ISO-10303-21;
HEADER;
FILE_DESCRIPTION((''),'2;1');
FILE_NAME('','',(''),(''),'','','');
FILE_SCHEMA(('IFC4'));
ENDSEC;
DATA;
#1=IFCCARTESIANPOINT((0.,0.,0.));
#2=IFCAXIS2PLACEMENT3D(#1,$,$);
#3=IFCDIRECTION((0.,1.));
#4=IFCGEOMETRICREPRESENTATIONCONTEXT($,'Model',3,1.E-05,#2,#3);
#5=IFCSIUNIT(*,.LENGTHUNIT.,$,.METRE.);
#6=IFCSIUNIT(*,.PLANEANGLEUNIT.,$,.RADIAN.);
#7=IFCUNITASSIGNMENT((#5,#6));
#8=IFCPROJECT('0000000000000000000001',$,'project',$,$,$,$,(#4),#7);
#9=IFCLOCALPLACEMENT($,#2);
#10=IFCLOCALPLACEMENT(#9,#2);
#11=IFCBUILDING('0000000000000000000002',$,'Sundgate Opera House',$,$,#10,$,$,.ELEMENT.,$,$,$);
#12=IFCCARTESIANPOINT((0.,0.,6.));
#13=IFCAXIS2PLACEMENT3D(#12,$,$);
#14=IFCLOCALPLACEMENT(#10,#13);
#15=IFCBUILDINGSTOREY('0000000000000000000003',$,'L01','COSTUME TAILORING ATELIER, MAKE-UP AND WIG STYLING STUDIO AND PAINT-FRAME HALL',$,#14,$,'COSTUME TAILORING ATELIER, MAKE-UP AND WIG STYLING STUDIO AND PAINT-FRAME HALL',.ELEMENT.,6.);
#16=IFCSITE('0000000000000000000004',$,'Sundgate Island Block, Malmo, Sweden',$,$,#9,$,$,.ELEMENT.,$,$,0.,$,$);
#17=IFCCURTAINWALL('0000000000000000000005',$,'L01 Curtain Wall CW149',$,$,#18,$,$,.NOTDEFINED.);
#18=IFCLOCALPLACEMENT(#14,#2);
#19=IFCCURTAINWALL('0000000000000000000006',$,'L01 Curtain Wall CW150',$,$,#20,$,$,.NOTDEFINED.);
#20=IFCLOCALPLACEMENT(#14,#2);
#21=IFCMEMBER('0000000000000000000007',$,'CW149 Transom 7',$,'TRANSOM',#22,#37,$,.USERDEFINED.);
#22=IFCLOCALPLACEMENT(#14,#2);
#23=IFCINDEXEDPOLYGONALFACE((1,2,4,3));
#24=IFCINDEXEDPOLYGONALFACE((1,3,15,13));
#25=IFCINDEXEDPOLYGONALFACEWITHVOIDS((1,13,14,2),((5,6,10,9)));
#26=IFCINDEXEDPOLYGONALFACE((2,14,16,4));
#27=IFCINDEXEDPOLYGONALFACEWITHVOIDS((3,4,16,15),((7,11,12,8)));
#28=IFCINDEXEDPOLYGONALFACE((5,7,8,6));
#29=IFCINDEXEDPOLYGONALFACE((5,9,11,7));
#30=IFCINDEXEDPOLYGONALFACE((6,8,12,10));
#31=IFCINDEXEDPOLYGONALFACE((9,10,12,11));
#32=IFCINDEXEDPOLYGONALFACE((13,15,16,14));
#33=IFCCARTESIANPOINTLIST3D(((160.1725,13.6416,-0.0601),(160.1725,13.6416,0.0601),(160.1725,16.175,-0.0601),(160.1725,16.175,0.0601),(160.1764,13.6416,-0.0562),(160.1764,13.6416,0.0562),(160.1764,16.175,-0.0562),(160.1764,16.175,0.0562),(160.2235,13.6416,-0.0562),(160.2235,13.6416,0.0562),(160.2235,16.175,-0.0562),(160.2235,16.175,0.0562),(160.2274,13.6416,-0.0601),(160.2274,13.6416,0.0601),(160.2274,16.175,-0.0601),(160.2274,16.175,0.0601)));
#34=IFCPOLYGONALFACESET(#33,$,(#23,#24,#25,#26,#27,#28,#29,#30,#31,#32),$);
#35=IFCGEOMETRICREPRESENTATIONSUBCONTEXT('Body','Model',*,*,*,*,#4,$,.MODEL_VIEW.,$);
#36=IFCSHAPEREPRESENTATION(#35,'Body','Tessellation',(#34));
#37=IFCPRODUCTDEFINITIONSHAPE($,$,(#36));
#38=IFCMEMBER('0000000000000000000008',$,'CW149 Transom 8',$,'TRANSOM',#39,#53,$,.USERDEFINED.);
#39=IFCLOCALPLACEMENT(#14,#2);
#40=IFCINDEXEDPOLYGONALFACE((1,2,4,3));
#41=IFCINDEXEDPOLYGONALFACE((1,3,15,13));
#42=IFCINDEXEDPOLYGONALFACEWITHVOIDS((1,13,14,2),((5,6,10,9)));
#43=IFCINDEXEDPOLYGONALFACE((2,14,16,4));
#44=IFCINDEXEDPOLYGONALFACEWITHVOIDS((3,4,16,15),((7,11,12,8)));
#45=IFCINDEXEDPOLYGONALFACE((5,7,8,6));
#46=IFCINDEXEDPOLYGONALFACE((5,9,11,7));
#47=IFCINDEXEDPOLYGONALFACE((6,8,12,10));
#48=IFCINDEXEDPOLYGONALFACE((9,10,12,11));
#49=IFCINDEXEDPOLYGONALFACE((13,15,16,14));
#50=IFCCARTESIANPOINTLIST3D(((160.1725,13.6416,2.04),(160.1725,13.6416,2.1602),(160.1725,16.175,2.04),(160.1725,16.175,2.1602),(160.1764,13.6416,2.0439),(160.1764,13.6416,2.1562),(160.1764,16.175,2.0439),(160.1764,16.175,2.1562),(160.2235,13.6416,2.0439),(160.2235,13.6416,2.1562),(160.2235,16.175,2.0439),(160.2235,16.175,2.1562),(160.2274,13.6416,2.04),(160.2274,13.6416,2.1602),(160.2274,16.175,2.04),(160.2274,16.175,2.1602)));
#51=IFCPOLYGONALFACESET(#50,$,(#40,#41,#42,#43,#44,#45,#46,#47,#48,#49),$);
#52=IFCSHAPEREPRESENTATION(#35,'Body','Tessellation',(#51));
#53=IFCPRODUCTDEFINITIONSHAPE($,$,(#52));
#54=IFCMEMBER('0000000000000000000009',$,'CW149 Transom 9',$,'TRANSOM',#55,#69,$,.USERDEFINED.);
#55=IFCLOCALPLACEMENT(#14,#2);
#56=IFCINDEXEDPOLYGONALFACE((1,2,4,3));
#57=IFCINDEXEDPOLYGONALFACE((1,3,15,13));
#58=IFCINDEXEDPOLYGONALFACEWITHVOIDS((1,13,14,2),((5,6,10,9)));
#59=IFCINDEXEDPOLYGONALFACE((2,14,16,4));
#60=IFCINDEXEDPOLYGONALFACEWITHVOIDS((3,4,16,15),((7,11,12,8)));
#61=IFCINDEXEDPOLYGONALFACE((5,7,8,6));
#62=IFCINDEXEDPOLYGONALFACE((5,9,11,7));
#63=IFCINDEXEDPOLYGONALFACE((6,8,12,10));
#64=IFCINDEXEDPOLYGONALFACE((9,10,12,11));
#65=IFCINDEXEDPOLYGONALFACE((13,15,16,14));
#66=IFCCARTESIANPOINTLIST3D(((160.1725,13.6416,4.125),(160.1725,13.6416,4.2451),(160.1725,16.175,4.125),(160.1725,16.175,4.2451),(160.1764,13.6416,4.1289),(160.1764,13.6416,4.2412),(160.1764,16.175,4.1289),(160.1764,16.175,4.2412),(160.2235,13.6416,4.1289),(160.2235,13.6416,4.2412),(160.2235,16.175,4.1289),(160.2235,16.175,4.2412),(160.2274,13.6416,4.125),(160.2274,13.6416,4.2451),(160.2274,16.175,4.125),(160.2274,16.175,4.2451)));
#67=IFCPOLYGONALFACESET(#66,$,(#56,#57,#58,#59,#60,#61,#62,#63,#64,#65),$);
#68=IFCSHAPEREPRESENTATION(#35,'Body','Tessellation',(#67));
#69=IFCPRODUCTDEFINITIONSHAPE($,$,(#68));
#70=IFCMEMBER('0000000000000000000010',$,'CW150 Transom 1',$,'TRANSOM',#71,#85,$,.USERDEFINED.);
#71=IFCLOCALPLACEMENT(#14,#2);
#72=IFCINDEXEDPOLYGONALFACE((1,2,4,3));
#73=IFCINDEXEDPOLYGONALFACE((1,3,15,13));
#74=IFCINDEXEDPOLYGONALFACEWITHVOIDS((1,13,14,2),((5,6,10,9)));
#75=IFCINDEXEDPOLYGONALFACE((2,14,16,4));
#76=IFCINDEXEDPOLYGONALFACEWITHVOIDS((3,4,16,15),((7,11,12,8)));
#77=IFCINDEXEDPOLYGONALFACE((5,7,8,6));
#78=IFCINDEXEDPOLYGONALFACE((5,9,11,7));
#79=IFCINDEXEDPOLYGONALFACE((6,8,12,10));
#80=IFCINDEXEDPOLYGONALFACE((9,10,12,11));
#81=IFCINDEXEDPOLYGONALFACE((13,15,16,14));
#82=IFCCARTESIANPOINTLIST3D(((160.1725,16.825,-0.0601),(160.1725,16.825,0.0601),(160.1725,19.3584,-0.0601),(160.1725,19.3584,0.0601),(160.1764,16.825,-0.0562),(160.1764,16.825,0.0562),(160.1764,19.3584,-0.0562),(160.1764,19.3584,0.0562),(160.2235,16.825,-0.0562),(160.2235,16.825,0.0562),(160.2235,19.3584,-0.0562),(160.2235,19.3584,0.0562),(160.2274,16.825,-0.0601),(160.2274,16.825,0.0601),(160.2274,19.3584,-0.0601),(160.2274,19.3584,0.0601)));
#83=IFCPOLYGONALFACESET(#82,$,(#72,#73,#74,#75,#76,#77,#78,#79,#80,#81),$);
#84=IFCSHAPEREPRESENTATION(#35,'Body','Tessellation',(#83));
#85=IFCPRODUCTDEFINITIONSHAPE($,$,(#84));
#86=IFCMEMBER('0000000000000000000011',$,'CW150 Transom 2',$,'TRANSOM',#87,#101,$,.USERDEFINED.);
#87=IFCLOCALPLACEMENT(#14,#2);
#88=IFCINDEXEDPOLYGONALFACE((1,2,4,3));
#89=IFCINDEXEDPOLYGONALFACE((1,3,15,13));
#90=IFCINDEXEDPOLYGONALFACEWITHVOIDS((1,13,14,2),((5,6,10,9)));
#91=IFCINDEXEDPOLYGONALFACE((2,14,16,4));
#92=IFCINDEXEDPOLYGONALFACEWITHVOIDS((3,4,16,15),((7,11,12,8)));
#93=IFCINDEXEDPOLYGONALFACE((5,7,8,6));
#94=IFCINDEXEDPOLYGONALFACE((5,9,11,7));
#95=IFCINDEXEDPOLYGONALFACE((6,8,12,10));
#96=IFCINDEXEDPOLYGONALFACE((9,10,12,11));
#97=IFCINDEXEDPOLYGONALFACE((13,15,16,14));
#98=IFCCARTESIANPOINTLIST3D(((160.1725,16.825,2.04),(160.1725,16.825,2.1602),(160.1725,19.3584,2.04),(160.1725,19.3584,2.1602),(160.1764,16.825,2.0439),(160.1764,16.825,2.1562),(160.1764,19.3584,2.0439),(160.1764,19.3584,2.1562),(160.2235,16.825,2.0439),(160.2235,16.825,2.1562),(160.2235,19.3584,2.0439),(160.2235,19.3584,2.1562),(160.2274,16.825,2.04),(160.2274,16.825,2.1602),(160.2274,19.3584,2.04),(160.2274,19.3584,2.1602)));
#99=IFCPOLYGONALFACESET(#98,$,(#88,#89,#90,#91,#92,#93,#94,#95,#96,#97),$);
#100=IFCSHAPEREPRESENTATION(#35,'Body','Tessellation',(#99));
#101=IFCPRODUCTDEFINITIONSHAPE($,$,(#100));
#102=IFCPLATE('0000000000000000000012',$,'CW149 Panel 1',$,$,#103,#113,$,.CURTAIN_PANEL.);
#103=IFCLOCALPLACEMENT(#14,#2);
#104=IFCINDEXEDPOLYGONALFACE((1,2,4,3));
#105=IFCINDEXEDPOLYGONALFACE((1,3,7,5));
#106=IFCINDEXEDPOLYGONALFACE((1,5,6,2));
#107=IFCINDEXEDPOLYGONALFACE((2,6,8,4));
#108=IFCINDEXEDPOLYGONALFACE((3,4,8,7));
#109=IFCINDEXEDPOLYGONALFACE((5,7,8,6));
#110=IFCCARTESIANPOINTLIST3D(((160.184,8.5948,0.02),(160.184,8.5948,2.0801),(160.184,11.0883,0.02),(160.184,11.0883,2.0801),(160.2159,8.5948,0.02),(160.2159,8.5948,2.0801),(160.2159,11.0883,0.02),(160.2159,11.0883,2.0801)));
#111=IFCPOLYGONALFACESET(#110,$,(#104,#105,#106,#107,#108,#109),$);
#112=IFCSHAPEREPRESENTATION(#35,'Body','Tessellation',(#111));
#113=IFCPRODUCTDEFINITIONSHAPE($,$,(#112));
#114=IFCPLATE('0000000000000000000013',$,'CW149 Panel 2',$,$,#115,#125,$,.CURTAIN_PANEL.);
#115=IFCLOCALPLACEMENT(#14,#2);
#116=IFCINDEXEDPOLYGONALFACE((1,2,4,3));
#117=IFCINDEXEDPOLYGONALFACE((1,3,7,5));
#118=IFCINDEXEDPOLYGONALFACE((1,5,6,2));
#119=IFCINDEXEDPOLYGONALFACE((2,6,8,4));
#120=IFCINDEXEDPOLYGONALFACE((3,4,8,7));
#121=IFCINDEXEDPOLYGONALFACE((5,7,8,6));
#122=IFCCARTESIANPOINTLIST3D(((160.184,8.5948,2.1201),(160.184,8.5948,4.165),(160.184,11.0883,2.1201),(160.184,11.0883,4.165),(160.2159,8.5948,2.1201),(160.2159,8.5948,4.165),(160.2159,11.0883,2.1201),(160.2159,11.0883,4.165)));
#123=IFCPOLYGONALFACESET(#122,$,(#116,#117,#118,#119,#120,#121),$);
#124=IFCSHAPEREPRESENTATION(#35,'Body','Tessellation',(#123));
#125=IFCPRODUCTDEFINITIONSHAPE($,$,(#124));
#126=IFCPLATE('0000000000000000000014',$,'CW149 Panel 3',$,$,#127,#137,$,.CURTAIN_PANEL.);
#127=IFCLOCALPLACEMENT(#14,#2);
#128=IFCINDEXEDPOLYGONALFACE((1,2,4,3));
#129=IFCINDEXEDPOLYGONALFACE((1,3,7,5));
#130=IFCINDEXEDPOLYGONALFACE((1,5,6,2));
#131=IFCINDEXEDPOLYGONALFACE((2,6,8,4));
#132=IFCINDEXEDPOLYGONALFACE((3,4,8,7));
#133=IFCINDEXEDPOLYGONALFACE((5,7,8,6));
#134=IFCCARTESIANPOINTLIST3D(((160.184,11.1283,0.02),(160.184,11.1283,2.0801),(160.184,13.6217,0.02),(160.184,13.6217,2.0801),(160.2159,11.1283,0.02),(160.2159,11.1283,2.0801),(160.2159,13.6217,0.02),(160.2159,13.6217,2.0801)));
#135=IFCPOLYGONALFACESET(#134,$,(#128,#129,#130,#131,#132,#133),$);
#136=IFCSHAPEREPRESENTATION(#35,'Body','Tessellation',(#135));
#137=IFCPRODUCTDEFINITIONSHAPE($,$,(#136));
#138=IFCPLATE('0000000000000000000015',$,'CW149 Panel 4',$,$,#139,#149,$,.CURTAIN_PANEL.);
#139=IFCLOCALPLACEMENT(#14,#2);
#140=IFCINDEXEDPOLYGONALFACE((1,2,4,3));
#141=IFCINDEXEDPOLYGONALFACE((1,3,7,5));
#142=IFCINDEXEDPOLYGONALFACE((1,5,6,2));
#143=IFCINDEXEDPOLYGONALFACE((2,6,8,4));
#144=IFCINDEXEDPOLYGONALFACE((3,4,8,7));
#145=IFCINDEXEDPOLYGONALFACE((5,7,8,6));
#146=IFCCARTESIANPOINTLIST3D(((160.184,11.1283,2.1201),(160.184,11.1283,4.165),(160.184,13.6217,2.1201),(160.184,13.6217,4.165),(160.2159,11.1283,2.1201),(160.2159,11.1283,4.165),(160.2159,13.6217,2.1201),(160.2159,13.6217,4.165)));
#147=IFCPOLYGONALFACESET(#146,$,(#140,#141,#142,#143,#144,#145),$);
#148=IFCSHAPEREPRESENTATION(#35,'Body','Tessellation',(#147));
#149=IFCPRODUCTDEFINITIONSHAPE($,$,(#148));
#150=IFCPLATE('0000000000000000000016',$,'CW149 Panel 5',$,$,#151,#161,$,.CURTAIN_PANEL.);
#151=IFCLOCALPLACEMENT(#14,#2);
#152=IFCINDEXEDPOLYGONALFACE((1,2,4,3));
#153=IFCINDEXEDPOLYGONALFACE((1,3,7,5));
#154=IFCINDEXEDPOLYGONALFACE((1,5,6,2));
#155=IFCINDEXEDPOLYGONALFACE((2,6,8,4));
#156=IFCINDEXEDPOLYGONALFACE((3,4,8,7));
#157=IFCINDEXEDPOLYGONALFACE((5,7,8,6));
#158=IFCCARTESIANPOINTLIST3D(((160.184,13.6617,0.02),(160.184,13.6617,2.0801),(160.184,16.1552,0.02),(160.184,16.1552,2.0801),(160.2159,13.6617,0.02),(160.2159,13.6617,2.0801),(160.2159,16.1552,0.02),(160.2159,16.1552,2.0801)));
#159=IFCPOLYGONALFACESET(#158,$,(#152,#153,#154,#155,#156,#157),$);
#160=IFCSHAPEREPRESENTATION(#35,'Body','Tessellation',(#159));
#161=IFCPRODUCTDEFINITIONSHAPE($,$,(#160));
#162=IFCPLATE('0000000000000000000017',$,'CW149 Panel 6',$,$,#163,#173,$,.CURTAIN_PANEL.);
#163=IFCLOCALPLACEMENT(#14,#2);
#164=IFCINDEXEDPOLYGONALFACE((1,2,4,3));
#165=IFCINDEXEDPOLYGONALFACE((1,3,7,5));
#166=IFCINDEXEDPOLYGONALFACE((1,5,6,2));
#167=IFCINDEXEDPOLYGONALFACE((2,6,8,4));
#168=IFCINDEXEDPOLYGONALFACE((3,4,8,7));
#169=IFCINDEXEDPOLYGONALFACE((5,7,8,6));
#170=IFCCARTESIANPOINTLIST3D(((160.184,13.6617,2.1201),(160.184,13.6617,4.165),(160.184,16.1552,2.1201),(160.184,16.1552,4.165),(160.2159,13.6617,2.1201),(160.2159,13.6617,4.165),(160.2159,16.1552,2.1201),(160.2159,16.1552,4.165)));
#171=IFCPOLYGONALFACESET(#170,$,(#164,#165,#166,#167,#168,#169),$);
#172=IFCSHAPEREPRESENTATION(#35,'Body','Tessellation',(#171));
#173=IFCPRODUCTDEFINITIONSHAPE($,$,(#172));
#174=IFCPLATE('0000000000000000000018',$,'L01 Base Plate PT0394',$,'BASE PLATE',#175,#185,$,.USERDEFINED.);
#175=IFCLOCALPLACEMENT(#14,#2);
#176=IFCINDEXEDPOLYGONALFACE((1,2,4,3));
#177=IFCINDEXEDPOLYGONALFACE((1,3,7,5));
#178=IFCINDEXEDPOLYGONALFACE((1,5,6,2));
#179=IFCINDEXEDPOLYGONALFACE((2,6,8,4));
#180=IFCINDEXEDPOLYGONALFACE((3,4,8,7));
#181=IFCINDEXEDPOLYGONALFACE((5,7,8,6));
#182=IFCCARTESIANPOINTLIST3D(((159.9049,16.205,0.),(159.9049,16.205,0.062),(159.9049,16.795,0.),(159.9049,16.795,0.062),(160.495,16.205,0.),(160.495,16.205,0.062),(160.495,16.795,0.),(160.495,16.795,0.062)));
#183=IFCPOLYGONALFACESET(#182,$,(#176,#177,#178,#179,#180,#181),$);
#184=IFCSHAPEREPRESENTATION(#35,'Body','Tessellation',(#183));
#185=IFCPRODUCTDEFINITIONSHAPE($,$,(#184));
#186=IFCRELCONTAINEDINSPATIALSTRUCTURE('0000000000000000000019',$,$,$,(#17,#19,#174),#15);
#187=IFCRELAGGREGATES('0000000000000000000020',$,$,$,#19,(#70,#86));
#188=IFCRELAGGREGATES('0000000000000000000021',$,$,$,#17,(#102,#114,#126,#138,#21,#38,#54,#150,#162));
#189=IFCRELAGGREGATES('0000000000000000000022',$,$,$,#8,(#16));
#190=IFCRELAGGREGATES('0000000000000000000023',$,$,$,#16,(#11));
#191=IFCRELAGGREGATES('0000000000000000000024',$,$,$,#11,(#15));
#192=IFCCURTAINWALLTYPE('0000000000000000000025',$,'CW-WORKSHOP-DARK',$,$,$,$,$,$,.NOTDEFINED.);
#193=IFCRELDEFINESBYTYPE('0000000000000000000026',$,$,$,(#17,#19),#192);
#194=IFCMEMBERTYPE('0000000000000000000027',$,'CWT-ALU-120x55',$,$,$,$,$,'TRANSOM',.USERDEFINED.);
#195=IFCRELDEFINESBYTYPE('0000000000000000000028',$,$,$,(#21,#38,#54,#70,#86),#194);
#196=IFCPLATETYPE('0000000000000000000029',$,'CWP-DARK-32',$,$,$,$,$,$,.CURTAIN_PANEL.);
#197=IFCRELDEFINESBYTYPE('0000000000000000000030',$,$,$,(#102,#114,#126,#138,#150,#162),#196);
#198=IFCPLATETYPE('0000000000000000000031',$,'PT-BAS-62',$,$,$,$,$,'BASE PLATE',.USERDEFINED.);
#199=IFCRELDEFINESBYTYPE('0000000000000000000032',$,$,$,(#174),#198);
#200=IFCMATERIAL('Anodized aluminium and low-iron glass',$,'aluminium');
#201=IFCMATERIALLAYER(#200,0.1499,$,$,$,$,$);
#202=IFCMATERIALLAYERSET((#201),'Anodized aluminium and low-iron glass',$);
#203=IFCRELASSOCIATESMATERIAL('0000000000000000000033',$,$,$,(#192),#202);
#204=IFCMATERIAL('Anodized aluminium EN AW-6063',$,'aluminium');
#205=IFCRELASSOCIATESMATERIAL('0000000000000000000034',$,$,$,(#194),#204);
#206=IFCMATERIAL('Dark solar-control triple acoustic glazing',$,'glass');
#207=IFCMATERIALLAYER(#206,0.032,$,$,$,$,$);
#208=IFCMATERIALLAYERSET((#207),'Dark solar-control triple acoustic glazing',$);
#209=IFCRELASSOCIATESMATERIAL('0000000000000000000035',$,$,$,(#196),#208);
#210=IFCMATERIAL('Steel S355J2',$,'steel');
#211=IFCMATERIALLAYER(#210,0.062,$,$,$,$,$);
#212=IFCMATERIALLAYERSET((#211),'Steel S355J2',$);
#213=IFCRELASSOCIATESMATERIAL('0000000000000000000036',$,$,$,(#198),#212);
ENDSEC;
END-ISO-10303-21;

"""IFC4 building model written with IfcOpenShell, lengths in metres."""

from ifc_helpers import new_model, si_unit, direction, frame, origin, origin_2d, place, context, subcontext, project, spatial, rectangle, hollow_rectangle, extrude, material, layer, layer_set, material_profile, profile_set, type_object, element, aggregate, save


model = new_model("IFC4")

# Units and contexts
model_context = context("Model", 3, precision=1e-05, world=origin(), true_north=direction((0.0, 1.0)))
body_context = subcontext(model_context, "Body", "Model", "MODEL_VIEW")
ifc_project = project(units=[si_unit("LENGTHUNIT", "METRE"), si_unit("PLANEANGLEUNIT", "RADIAN")], contexts=[model_context])

# Site, building, storey
site_placement = place(None, origin())
site = spatial("IfcSite", under=ifc_project, at=site_placement, Name="Sundgate Island Block, Malmo, Sweden", CompositionType="ELEMENT", RefElevation=0.0)
building_placement = place(site_placement, origin())
building = spatial("IfcBuilding", under=site, at=building_placement, Name="Sundgate Opera House", CompositionType="ELEMENT")
storey_placement = place(building_placement, frame((0.0, 0.0, 6.0)))
storey = spatial("IfcBuildingStorey", under=building, at=storey_placement, Name="L01", Description="COSTUME TAILORING ATELIER, MAKE-UP AND WIG STYLING STUDIO AND PAINT-FRAME HALL", LongName="COSTUME TAILORING ATELIER, MAKE-UP AND WIG STYLING STUDIO AND PAINT-FRAME HALL", CompositionType="ELEMENT", Elevation=6.0)

# Curtain wall
ifc_material_1 = material(Name="Anodized aluminium and low-iron glass", Category="aluminium")
ifc_layer_1 = layer(ifc_material_1, 0.1499)
ifc_layer_set_1 = layer_set([ifc_layer_1], Name="Anodized aluminium and low-iron glass")
curtain_wall_type = type_object("IfcCurtainWallType", Name="CW-WORKSHOP-DARK", PredefinedType="NOTDEFINED", material=ifc_layer_set_1)
curtain_wall_1_placement = place(storey_placement, origin())
curtain_wall_1 = element("IfcCurtainWall", 1, at=curtain_wall_1_placement, inside=storey, type_object=curtain_wall_type, Name="L01 Curtain Wall CW149", PredefinedType="NOTDEFINED")

# Curtain wall
curtain_wall_2_placement = place(storey_placement, origin())
curtain_wall_2 = element("IfcCurtainWall", 2, at=curtain_wall_2_placement, inside=storey, type_object=curtain_wall_type, Name="L01 Curtain Wall CW150", PredefinedType="NOTDEFINED")

# Members
ifc_material_2 = material(Name="Anodized aluminium EN AW-6063", Category="aluminium")
ifc_material_profile_1 = material_profile(ifc_material_2, hollow_rectangle(XDim=0.0549, YDim=0.1201, WallThickness=0.0039, at=origin_2d()), Name="CWT 120x55x4")
ifc_profile_set_1 = profile_set([ifc_material_profile_1], Name="Anodized aluminium EN AW-6063")
member_type_1 = type_object("IfcMemberType", Name="CWT-ALU-120x55", ElementType="TRANSOM", PredefinedType="USERDEFINED", material=ifc_profile_set_1)
member_1_placement = place(storey_placement, frame((160.2, 13.6416, 0.0), z_axis=(0.0, 1.0, 0.0), x_axis=(-1.0, 0.0, 0.0)))
member_1 = element("IfcMember", 3, at=member_1_placement, type_object=member_type_1, Name="CW149 Transom 7", ObjectType="TRANSOM", PredefinedType="USERDEFINED", context=body_context, shape_type="SweptSolid", body=[
    extrude(hollow_rectangle(XDim=0.0549, YDim=0.1201, WallThickness=0.0039, at=origin_2d()), origin(), (0.0, 0.0, 1.0), 2.5334),
])
member_2_placement = place(storey_placement, frame((160.2, 13.6416, 2.1001), z_axis=(0.0, 1.0, 0.0), x_axis=(-1.0, 0.0, 0.0)))
member_2 = element("IfcMember", 4, at=member_2_placement, type_object=member_type_1, Name="CW149 Transom 8", ObjectType="TRANSOM", PredefinedType="USERDEFINED", context=body_context, shape_type="SweptSolid", body=[
    extrude(hollow_rectangle(XDim=0.0549, YDim=0.1201, WallThickness=0.0039, at=origin_2d()), origin(), (0.0, 0.0, 1.0), 2.5334),
])
member_3_placement = place(storey_placement, frame((160.2, 13.6416, 4.1851), z_axis=(0.0, 1.0, 0.0), x_axis=(-1.0, 0.0, 0.0)))
member_3 = element("IfcMember", 5, at=member_3_placement, type_object=member_type_1, Name="CW149 Transom 9", ObjectType="TRANSOM", PredefinedType="USERDEFINED", context=body_context, shape_type="SweptSolid", body=[
    extrude(hollow_rectangle(XDim=0.0549, YDim=0.1201, WallThickness=0.0039, at=origin_2d()), origin(), (0.0, 0.0, 1.0), 2.5334),
])
member_4_placement = place(storey_placement, frame((160.2, 16.825, 0.0), z_axis=(0.0, 1.0, 0.0), x_axis=(-1.0, 0.0, 0.0)))
member_4 = element("IfcMember", 6, at=member_4_placement, type_object=member_type_1, Name="CW150 Transom 1", ObjectType="TRANSOM", PredefinedType="USERDEFINED", context=body_context, shape_type="SweptSolid", body=[
    extrude(hollow_rectangle(XDim=0.0549, YDim=0.1201, WallThickness=0.0039, at=origin_2d()), origin(), (0.0, 0.0, 1.0), 2.5334),
])
member_5_placement = place(storey_placement, frame((160.2, 16.825, 2.1001), z_axis=(0.0, 1.0, 0.0), x_axis=(-1.0, 0.0, 0.0)))
member_5 = element("IfcMember", 7, at=member_5_placement, type_object=member_type_1, Name="CW150 Transom 2", ObjectType="TRANSOM", PredefinedType="USERDEFINED", context=body_context, shape_type="SweptSolid", body=[
    extrude(hollow_rectangle(XDim=0.0549, YDim=0.1201, WallThickness=0.0039, at=origin_2d()), origin(), (0.0, 0.0, 1.0), 2.5334),
])
aggregate(curtain_wall_2, [member_4, member_5])

# Plates
ifc_material_3 = material(Name="Dark solar-control triple acoustic glazing", Category="glass")
ifc_layer_2 = layer(ifc_material_3, 0.032)
ifc_layer_set_2 = layer_set([ifc_layer_2], Name="Dark solar-control triple acoustic glazing")
plate_type_1 = type_object("IfcPlateType", Name="CWP-DARK-32", PredefinedType="CURTAIN_PANEL", material=ifc_layer_set_2)
plate_1_placement = place(storey_placement, frame((160.2, 9.8416, 0.02), z_axis=(0.0, 0.0, 1.0), x_axis=(0.0, 1.0, 0.0)))
plate_1 = element("IfcPlate", 8, at=plate_1_placement, type_object=plate_type_1, Name="CW149 Panel 1", PredefinedType="CURTAIN_PANEL", context=body_context, shape_type="SweptSolid", body=[
    extrude(rectangle(XDim=2.4934, YDim=0.032, at=origin_2d()), origin(), (0.0, 0.0, 1.0), 2.0601),
])
plate_2_placement = place(storey_placement, frame((160.2, 9.8416, 2.1201), z_axis=(0.0, 0.0, 1.0), x_axis=(0.0, 1.0, 0.0)))
plate_2 = element("IfcPlate", 9, at=plate_2_placement, type_object=plate_type_1, Name="CW149 Panel 2", PredefinedType="CURTAIN_PANEL", context=body_context, shape_type="SweptSolid", body=[
    extrude(rectangle(XDim=2.4934, YDim=0.032, at=origin_2d()), origin(), (0.0, 0.0, 1.0), 2.0449),
])
plate_3_placement = place(storey_placement, frame((160.2, 12.375, 0.02), z_axis=(0.0, 0.0, 1.0), x_axis=(0.0, 1.0, 0.0)))
plate_3 = element("IfcPlate", 10, at=plate_3_placement, type_object=plate_type_1, Name="CW149 Panel 3", PredefinedType="CURTAIN_PANEL", context=body_context, shape_type="SweptSolid", body=[
    extrude(rectangle(XDim=2.4934, YDim=0.032, at=origin_2d()), origin(), (0.0, 0.0, 1.0), 2.0601),
])
plate_4_placement = place(storey_placement, frame((160.2, 12.375, 2.1201), z_axis=(0.0, 0.0, 1.0), x_axis=(0.0, 1.0, 0.0)))
plate_4 = element("IfcPlate", 11, at=plate_4_placement, type_object=plate_type_1, Name="CW149 Panel 4", PredefinedType="CURTAIN_PANEL", context=body_context, shape_type="SweptSolid", body=[
    extrude(rectangle(XDim=2.4934, YDim=0.032, at=origin_2d()), origin(), (0.0, 0.0, 1.0), 2.0449),
])
plate_5_placement = place(storey_placement, frame((160.2, 14.9084, 0.02), z_axis=(0.0, 0.0, 1.0), x_axis=(0.0, 1.0, 0.0)))
plate_5 = element("IfcPlate", 12, at=plate_5_placement, type_object=plate_type_1, Name="CW149 Panel 5", PredefinedType="CURTAIN_PANEL", context=body_context, shape_type="SweptSolid", body=[
    extrude(rectangle(XDim=2.4934, YDim=0.032, at=origin_2d()), origin(), (0.0, 0.0, 1.0), 2.0601),
])
plate_6_placement = place(storey_placement, frame((160.2, 14.9084, 2.1201), z_axis=(0.0, 0.0, 1.0), x_axis=(0.0, 1.0, 0.0)))
plate_6 = element("IfcPlate", 13, at=plate_6_placement, type_object=plate_type_1, Name="CW149 Panel 6", PredefinedType="CURTAIN_PANEL", context=body_context, shape_type="SweptSolid", body=[
    extrude(rectangle(XDim=2.4934, YDim=0.032, at=origin_2d()), origin(), (0.0, 0.0, 1.0), 2.0449),
])
aggregate(curtain_wall_1, [plate_1, plate_2, plate_3, plate_4, member_1, member_2, member_3, plate_5, plate_6])
ifc_material_4 = material(Name="Steel S355J2", Category="steel")
ifc_layer_3 = layer(ifc_material_4, 0.062)
ifc_layer_set_3 = layer_set([ifc_layer_3], Name="Steel S355J2")
plate_type_2 = type_object("IfcPlateType", Name="PT-BAS-62", ElementType="BASE PLATE", PredefinedType="USERDEFINED", material=ifc_layer_set_3)
plate_7_placement = place(storey_placement, frame((160.2, 16.5, 0.0), z_axis=(0.0, 0.0, 1.0), x_axis=(1.0, 0.0, 0.0)))
element("IfcPlate", 14, at=plate_7_placement, inside=storey, type_object=plate_type_2, Name="L01 Base Plate PT0394", ObjectType="BASE PLATE", PredefinedType="USERDEFINED", context=body_context, shape_type="SweptSolid", body=[
    extrude(rectangle(XDim=0.5901, YDim=0.5901, at=origin_2d()), origin(), (0.0, 0.0, 1.0), 0.062),
])

save(model, "model.ifc")
